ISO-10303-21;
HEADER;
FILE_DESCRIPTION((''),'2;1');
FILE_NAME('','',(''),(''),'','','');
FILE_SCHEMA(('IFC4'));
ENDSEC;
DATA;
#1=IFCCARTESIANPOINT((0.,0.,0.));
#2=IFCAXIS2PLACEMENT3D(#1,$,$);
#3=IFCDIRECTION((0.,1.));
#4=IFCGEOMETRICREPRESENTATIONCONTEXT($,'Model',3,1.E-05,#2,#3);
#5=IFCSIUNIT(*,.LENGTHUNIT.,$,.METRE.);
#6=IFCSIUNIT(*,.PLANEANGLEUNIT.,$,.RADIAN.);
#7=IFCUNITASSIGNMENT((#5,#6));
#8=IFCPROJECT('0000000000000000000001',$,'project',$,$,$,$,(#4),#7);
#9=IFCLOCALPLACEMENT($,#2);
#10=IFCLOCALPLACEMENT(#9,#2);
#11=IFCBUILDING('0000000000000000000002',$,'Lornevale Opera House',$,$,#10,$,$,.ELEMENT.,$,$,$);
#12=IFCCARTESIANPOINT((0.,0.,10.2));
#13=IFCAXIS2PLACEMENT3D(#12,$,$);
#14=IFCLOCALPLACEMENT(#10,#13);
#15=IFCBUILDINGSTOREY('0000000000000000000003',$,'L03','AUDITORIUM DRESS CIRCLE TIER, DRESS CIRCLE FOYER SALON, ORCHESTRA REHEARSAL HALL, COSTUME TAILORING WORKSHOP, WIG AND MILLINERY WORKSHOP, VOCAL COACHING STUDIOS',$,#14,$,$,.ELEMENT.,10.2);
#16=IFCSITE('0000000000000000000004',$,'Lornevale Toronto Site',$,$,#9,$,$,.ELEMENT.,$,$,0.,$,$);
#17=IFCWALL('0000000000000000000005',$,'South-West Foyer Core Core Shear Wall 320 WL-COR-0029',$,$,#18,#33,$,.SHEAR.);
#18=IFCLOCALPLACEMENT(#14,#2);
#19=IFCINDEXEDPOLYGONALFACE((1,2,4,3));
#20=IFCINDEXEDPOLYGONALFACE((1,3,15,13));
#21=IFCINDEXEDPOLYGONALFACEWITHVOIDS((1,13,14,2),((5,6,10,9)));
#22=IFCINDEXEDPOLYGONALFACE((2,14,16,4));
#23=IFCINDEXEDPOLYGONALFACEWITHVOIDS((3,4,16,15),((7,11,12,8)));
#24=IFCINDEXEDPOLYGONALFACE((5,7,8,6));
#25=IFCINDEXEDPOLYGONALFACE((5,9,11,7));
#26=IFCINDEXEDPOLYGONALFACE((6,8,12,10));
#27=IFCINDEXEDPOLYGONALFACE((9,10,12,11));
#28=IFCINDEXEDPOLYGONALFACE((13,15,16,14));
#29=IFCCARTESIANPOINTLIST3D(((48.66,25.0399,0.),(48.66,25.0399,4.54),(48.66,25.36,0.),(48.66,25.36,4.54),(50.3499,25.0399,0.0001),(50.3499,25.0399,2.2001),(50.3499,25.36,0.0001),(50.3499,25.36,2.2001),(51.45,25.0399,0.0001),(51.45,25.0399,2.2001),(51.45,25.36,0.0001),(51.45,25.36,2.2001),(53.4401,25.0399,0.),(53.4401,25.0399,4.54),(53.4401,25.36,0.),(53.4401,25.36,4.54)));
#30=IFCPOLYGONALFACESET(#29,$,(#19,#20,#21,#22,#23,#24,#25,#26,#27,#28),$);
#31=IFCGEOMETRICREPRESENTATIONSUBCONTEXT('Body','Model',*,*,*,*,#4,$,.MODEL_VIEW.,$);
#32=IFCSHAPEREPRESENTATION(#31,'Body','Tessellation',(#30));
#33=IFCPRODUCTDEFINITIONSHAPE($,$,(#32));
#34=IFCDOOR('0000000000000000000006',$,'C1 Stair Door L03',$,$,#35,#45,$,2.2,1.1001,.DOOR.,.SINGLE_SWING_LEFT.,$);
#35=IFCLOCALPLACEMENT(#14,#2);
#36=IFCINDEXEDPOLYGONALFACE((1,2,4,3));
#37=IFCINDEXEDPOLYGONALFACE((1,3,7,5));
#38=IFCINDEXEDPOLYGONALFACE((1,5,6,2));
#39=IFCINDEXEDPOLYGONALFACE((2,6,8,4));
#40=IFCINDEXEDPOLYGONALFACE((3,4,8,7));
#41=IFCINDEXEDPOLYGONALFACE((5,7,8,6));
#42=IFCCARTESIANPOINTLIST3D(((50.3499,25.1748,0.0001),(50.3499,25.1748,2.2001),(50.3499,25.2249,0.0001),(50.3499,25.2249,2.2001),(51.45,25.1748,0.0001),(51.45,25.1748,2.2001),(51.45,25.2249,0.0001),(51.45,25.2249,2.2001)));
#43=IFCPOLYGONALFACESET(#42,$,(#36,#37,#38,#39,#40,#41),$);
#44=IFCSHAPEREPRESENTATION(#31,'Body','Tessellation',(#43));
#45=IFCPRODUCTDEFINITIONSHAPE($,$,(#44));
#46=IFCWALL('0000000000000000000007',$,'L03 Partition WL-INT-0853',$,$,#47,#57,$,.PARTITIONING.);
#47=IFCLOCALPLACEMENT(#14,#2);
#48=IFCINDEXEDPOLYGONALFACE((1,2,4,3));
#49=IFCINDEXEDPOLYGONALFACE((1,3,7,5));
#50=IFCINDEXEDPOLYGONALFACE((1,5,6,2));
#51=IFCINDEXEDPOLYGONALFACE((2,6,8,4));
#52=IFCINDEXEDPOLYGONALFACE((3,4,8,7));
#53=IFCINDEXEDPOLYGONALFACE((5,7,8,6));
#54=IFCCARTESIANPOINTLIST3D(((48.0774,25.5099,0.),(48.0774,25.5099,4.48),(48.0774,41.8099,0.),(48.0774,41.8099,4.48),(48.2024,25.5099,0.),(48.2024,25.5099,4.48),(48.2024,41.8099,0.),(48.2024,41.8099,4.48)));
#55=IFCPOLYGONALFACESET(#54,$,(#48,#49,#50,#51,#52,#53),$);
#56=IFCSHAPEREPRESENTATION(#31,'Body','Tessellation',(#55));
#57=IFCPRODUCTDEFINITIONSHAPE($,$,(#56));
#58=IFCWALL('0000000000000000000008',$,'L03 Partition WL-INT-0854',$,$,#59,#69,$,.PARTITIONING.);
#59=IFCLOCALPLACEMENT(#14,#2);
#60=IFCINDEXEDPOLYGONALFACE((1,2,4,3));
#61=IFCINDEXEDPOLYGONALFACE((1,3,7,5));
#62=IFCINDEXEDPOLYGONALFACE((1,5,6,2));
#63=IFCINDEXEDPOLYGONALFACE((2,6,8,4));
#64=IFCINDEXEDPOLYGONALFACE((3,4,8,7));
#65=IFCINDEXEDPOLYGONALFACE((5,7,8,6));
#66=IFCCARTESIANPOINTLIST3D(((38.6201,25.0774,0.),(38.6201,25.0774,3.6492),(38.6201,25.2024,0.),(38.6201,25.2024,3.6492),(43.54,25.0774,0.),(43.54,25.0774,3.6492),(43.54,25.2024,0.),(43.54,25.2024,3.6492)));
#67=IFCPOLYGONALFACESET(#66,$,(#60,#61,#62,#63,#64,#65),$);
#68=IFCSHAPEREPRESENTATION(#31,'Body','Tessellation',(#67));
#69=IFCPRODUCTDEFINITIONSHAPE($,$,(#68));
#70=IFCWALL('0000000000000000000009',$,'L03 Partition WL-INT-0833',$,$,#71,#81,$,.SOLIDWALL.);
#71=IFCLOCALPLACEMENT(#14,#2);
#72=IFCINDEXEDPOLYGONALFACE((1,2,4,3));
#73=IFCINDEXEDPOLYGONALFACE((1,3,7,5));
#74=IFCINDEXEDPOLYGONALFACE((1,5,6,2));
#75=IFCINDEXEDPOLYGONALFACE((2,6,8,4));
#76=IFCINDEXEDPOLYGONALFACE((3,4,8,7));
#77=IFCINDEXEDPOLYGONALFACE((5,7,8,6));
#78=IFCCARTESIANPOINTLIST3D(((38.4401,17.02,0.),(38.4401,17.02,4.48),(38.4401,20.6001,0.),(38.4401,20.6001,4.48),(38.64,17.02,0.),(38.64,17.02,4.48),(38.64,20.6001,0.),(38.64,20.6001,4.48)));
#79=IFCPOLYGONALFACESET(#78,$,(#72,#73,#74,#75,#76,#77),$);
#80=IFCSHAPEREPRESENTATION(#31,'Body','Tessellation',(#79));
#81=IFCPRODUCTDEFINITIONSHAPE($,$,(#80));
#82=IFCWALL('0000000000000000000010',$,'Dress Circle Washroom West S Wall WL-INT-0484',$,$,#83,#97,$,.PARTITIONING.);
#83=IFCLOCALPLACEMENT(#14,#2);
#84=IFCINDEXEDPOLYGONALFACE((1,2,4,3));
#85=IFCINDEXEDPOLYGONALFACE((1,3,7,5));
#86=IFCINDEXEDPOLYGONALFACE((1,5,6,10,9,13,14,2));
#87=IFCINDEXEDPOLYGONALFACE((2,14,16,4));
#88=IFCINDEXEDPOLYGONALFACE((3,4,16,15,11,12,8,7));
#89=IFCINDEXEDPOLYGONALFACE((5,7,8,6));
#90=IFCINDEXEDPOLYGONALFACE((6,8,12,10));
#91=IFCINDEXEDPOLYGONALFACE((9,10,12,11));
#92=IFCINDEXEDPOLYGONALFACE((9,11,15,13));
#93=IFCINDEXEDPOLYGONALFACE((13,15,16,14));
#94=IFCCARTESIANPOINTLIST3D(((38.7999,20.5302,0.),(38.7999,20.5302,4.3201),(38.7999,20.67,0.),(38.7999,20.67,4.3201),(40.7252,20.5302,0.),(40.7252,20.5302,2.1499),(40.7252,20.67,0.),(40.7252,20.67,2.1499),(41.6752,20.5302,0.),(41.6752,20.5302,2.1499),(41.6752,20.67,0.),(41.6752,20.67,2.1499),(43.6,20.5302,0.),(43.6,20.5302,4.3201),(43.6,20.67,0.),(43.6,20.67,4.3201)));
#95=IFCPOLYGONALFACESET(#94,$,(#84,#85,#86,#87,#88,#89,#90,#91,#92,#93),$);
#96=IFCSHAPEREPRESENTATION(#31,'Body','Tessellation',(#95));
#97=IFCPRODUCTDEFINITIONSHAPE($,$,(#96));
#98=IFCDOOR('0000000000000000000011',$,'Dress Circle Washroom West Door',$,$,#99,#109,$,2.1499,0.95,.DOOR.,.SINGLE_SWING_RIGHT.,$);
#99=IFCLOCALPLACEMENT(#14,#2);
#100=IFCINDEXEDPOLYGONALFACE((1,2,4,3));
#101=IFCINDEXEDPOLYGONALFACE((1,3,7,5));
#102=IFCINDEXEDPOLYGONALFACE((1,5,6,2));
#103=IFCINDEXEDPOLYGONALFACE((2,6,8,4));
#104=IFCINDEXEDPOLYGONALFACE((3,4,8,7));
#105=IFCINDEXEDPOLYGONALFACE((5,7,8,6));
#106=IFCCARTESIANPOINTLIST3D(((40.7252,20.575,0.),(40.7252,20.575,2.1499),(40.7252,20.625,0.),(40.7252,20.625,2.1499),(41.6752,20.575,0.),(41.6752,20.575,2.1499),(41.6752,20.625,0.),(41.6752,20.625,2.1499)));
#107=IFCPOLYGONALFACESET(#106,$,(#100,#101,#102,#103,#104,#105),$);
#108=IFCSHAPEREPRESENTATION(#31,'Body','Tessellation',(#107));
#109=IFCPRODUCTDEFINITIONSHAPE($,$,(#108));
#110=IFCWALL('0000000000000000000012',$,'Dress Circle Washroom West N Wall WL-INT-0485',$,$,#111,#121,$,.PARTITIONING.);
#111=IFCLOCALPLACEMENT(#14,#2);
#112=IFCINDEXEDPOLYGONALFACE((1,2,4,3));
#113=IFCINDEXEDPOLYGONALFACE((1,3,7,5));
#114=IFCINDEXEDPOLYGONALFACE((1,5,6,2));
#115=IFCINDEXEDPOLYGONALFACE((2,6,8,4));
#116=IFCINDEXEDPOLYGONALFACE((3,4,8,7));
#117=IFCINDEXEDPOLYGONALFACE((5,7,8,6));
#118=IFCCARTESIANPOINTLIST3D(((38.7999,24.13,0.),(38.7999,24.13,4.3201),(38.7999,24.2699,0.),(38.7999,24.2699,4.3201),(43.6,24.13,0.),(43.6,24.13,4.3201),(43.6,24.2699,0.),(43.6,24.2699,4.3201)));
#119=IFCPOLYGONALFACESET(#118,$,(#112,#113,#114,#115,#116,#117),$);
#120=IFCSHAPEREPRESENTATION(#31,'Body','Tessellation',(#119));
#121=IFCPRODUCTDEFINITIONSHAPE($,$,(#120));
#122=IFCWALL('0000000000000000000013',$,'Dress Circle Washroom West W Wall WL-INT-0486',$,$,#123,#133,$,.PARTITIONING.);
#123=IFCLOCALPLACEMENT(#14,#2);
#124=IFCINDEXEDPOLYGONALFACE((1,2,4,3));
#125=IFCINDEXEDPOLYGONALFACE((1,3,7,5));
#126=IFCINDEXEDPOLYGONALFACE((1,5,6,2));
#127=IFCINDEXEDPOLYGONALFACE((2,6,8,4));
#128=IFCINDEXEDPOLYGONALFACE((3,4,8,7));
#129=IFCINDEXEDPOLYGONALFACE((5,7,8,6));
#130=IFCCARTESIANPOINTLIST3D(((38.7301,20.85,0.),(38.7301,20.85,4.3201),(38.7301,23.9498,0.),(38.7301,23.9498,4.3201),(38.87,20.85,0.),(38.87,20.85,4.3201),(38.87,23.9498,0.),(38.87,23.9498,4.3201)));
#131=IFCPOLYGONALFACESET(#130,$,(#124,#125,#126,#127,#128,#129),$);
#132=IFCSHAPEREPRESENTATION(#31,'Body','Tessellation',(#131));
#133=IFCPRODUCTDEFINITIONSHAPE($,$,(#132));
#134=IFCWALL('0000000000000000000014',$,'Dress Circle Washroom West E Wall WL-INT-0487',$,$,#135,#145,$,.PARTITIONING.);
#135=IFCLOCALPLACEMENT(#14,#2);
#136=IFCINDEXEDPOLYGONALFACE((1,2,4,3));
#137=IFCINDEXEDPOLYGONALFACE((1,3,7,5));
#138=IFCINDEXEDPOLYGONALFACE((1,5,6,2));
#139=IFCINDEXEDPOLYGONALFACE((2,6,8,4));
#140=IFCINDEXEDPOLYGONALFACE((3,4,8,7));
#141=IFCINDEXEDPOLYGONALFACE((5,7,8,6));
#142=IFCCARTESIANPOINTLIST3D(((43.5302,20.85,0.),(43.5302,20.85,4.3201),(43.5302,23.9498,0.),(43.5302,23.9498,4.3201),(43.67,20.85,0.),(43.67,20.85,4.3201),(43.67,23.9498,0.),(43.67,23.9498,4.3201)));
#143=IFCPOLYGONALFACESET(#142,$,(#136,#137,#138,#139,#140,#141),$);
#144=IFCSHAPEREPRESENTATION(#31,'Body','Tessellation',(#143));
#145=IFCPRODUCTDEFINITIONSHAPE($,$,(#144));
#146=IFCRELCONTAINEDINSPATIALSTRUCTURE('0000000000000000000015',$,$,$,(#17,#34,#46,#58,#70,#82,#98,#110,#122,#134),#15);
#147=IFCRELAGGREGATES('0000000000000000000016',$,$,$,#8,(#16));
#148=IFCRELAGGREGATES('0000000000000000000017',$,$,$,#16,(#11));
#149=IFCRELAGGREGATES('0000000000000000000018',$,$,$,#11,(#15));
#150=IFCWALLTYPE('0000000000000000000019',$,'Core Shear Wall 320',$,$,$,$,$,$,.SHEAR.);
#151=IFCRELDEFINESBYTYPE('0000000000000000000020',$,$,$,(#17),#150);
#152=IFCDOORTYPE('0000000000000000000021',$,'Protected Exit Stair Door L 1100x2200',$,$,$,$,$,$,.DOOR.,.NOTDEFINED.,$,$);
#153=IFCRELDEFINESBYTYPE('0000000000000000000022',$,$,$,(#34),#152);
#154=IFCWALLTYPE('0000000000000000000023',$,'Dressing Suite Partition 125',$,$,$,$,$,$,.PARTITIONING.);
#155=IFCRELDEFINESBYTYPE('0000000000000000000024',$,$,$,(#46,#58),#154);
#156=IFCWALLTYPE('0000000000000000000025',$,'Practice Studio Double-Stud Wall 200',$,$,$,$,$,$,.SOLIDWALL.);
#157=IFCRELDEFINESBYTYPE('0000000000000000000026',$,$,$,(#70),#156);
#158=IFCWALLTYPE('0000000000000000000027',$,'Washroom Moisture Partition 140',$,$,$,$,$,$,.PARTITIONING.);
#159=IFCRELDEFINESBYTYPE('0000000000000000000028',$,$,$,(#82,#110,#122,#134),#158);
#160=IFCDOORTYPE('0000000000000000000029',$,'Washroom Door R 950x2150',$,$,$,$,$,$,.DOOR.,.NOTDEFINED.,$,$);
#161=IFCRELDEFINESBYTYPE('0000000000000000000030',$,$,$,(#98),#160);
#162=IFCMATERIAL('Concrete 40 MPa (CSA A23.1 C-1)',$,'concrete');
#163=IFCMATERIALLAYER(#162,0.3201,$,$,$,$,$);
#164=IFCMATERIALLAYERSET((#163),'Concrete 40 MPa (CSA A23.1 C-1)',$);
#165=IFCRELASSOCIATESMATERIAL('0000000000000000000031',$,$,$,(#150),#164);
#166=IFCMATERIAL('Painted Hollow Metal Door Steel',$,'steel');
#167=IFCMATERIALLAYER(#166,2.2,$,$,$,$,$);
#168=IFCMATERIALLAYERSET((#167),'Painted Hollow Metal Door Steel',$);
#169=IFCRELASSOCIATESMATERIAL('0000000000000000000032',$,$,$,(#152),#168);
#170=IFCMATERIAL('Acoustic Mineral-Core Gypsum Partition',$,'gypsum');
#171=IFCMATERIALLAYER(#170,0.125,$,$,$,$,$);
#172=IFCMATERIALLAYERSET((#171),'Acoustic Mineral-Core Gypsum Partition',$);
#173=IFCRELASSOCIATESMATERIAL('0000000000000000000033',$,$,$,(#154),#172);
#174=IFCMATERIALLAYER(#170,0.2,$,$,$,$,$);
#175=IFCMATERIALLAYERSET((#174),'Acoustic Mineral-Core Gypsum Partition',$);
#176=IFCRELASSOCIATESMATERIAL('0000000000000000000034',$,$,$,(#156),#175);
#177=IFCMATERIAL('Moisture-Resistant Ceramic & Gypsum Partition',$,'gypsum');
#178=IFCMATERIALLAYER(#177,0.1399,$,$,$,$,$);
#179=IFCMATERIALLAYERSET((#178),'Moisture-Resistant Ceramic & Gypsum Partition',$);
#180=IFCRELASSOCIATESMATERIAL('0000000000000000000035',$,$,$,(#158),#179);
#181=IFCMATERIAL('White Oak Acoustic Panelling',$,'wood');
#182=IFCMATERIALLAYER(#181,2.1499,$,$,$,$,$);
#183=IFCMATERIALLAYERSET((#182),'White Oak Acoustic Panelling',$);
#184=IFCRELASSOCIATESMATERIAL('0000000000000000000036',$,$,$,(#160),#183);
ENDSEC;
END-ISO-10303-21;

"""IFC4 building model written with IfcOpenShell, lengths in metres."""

from ifc_helpers import new_model, si_unit, direction, frame, frame_2d, origin, place, context, subcontext, project, spatial, rectangle, extrude, material, layer, layer_set, type_object, element, fill, save


model = new_model("IFC4")

# Units and contexts
model_context = context("Model", 3, precision=1e-05, world=origin(), true_north=direction((0.0, 1.0)))
body_context = subcontext(model_context, "Body", "Model", "MODEL_VIEW")
ifc_project = project(units=[si_unit("LENGTHUNIT", "METRE"), si_unit("PLANEANGLEUNIT", "RADIAN")], contexts=[model_context])

# Site, building, storey
site_placement = place(None, origin())
site = spatial("IfcSite", under=ifc_project, at=site_placement, Name="Lornevale Toronto Site", CompositionType="ELEMENT", RefElevation=0.0)
building_placement = place(site_placement, origin())
building = spatial("IfcBuilding", under=site, at=building_placement, Name="Lornevale Opera House", CompositionType="ELEMENT")
storey_placement = place(building_placement, frame((0.0, 0.0, 10.2)))
storey = spatial("IfcBuildingStorey", under=building, at=storey_placement, Name="L03", Description="AUDITORIUM DRESS CIRCLE TIER, DRESS CIRCLE FOYER SALON, ORCHESTRA REHEARSAL HALL, COSTUME TAILORING WORKSHOP, WIG AND MILLINERY WORKSHOP, VOCAL COACHING STUDIOS", CompositionType="ELEMENT", Elevation=10.2)

# Wall, opening, door
ifc_material_1 = material(Name="Concrete 40 MPa (CSA A23.1 C-1)", Category="concrete")
ifc_layer_1 = layer(ifc_material_1, 0.3201)
ifc_layer_set_1 = layer_set([ifc_layer_1], Name="Concrete 40 MPa (CSA A23.1 C-1)")
wall_type_1 = type_object("IfcWallType", Name="Core Shear Wall 320", PredefinedType="SHEAR", material=ifc_layer_set_1)
wall_1_placement = place(storey_placement, frame((48.6599, 25.2, 0.0), z_axis=(0.0, 0.0, 1.0), x_axis=(1.0, 0.0, 0.0)))
wall_1 = element("IfcWall", 1, at=wall_1_placement, inside=storey, type_object=wall_type_1, Name="South-West Foyer Core Core Shear Wall 320 WL-COR-0029", PredefinedType="SHEAR", context=body_context, shape_type="SweptSolid", body=[
    extrude(rectangle(XDim=4.78, YDim=0.3201, at=frame_2d((2.3901, 0.0))), origin(), (0.0, 0.0, 1.0), 4.54),
])
opening_1_placement = place(wall_1_placement, frame((1.6899, 0.0, 0.0)))
opening_1 = element("IfcOpeningElement", 2, at=opening_1_placement, cuts=wall_1, PredefinedType="OPENING", context=body_context, shape_type="SweptSolid", body=[
    extrude(rectangle(XDim=1.1001, YDim=2.2, at=frame_2d((0.55, 1.1001))), frame((0.0, 0.1699, 0.0), z_axis=(0.0, -1.0, 0.0), x_axis=(1.0, 0.0, 0.0)), (0.0, 0.0, 1.0), 0.3401),
])
ifc_material_2 = material(Name="Painted Hollow Metal Door Steel", Category="steel")
ifc_layer_2 = layer(ifc_material_2, 2.2)
ifc_layer_set_2 = layer_set([ifc_layer_2], Name="Painted Hollow Metal Door Steel")
door_type_1 = type_object("IfcDoorType", Name="Protected Exit Stair Door L 1100x2200", OperationType="NOTDEFINED", PredefinedType="DOOR", material=ifc_layer_set_2)
door_1_placement = place(opening_1_placement, origin())
door_1 = element("IfcDoor", 3, at=door_1_placement, inside=storey, type_object=door_type_1, Name="C1 Stair Door L03", OperationType="SINGLE_SWING_LEFT", OverallHeight=2.2, OverallWidth=1.1001, PredefinedType="DOOR", context=body_context, shape_type="SweptSolid", body=[
    extrude(rectangle(XDim=1.1001, YDim=2.2, at=frame_2d((0.55, 1.1001))), frame((0.0, 0.0249, 0.0), z_axis=(0.0, -1.0, 0.0), x_axis=(1.0, 0.0, 0.0)), (0.0, 0.0, 1.0), 0.05),
])
fill(opening_1, door_1)

# Walls
ifc_material_3 = material(Name="Acoustic Mineral-Core Gypsum Partition", Category="gypsum")
ifc_layer_3 = layer(ifc_material_3, 0.125)
ifc_layer_set_3 = layer_set([ifc_layer_3], Name="Acoustic Mineral-Core Gypsum Partition")
wall_type_2 = type_object("IfcWallType", Name="Dressing Suite Partition 125", PredefinedType="PARTITIONING", material=ifc_layer_set_3)
wall_2_placement = place(storey_placement, frame((48.1399, 25.51, 0.0), z_axis=(0.0, 0.0, 1.0), x_axis=(0.0, 1.0, 0.0)))
element("IfcWall", 4, at=wall_2_placement, inside=storey, type_object=wall_type_2, Name="L03 Partition WL-INT-0853", PredefinedType="PARTITIONING", context=body_context, shape_type="SweptSolid", body=[
    extrude(rectangle(XDim=16.3, YDim=0.125, at=frame_2d((8.1499, 0.0))), origin(), (0.0, 0.0, 1.0), 4.48),
])
wall_3_placement = place(storey_placement, frame((38.6201, 25.1399, 0.0), z_axis=(0.0, 0.0, 1.0), x_axis=(1.0, 0.0, 0.0)))
element("IfcWall", 5, at=wall_3_placement, inside=storey, type_object=wall_type_2, Name="L03 Partition WL-INT-0854", PredefinedType="PARTITIONING", context=body_context, shape_type="SweptSolid", body=[
    extrude(rectangle(XDim=4.9199, YDim=0.125, at=frame_2d((2.46, 0.0))), origin(), (0.0, 0.0, 1.0), 3.6492),
])

# Shared definitions
ifc_layer_4 = layer(ifc_material_3, 0.2)
ifc_layer_set_4 = layer_set([ifc_layer_4], Name="Acoustic Mineral-Core Gypsum Partition")
wall_type_3 = type_object("IfcWallType", Name="Practice Studio Double-Stud Wall 200", PredefinedType="SOLIDWALL", material=ifc_layer_set_4)
ifc_material_4 = material(Name="White Oak Acoustic Panelling", Category="wood")

# Wall
wall_4_placement = place(storey_placement, frame((38.54, 17.02, 0.0), z_axis=(0.0, 0.0, 1.0), x_axis=(0.0, 1.0, 0.0)))
element("IfcWall", 6, at=wall_4_placement, inside=storey, type_object=wall_type_3, Name="L03 Partition WL-INT-0833", PredefinedType="SOLIDWALL", context=body_context, shape_type="SweptSolid", body=[
    extrude(rectangle(XDim=3.5801, YDim=0.2, at=frame_2d((1.79, 0.0))), origin(), (0.0, 0.0, 1.0), 4.48),
])

# Wall, opening, door
ifc_material_5 = material(Name="Moisture-Resistant Ceramic & Gypsum Partition", Category="gypsum")
ifc_layer_5 = layer(ifc_material_5, 0.1399)
ifc_layer_set_5 = layer_set([ifc_layer_5], Name="Moisture-Resistant Ceramic & Gypsum Partition")
wall_type_4 = type_object("IfcWallType", Name="Washroom Moisture Partition 140", PredefinedType="PARTITIONING", material=ifc_layer_set_5)
wall_5_placement = place(storey_placement, frame((38.8, 20.6001, 0.0), z_axis=(0.0, 0.0, 1.0), x_axis=(1.0, 0.0, 0.0)))
wall_5 = element("IfcWall", 7, at=wall_5_placement, inside=storey, type_object=wall_type_4, Name="Dress Circle Washroom West S Wall WL-INT-0484", PredefinedType="PARTITIONING", context=body_context, shape_type="SweptSolid", body=[
    extrude(rectangle(XDim=4.8, YDim=0.1399, at=frame_2d((2.3999, 0.0))), origin(), (0.0, 0.0, 1.0), 4.3201),
])
opening_2_placement = place(wall_5_placement, frame((1.925, 0.0, 0.0)))
opening_2 = element("IfcOpeningElement", 8, at=opening_2_placement, cuts=wall_5, PredefinedType="OPENING", context=body_context, shape_type="SweptSolid", body=[
    extrude(rectangle(XDim=0.95, YDim=2.1499, at=frame_2d((0.4751, 1.075))), frame((0.0, 0.0798, 0.0), z_axis=(0.0, -1.0, 0.0), x_axis=(1.0, 0.0, 0.0)), (0.0, 0.0, 1.0), 0.1599),
])
ifc_layer_6 = layer(ifc_material_4, 2.1499)
ifc_layer_set_6 = layer_set([ifc_layer_6], Name="White Oak Acoustic Panelling")
door_type_2 = type_object("IfcDoorType", Name="Washroom Door R 950x2150", OperationType="NOTDEFINED", PredefinedType="DOOR", material=ifc_layer_set_6)
door_2_placement = place(opening_2_placement, origin())
door_2 = element("IfcDoor", 9, at=door_2_placement, inside=storey, type_object=door_type_2, Name="Dress Circle Washroom West Door", OperationType="SINGLE_SWING_RIGHT", OverallHeight=2.1499, OverallWidth=0.95, PredefinedType="DOOR", context=body_context, shape_type="SweptSolid", body=[
    extrude(rectangle(XDim=0.95, YDim=2.1499, at=frame_2d((0.4751, 1.075))), frame((0.0, 0.0249, 0.0), z_axis=(0.0, -1.0, 0.0), x_axis=(1.0, 0.0, 0.0)), (0.0, 0.0, 1.0), 0.05),
])
fill(opening_2, door_2)

# Walls
wall_6_placement = place(storey_placement, frame((38.8, 24.2, 0.0), z_axis=(0.0, 0.0, 1.0), x_axis=(1.0, 0.0, 0.0)))
element("IfcWall", 10, at=wall_6_placement, inside=storey, type_object=wall_type_4, Name="Dress Circle Washroom West N Wall WL-INT-0485", PredefinedType="PARTITIONING", context=body_context, shape_type="SweptSolid", body=[
    extrude(rectangle(XDim=4.8, YDim=0.1399, at=frame_2d((2.3999, 0.0))), origin(), (0.0, 0.0, 1.0), 4.3201),
])
for number, where, z_axis, x_axis, name in (
    (11, (38.8, 20.8501, 0.0), (0.0, 0.0, 1.0), (0.0, 1.0, 0.0), "Dress Circle Washroom West W Wall WL-INT-0486"),
    (12, (43.6001, 20.8501, 0.0), (0.0, 0.0, 1.0), (0.0, 1.0, 0.0), "Dress Circle Washroom West E Wall WL-INT-0487"),
):
    element("IfcWall", number, at=place(storey_placement, frame(where, z_axis=z_axis, x_axis=x_axis)), inside=storey, type_object=wall_type_4, Name=name, PredefinedType="PARTITIONING", context=body_context, shape_type="SweptSolid", body=[
        extrude(rectangle(XDim=3.0999, YDim=0.1399, at=frame_2d((1.5498, 0.0))), origin(), (0.0, 0.0, 1.0), 4.3201),
    ])

save(model, "model.ifc")
